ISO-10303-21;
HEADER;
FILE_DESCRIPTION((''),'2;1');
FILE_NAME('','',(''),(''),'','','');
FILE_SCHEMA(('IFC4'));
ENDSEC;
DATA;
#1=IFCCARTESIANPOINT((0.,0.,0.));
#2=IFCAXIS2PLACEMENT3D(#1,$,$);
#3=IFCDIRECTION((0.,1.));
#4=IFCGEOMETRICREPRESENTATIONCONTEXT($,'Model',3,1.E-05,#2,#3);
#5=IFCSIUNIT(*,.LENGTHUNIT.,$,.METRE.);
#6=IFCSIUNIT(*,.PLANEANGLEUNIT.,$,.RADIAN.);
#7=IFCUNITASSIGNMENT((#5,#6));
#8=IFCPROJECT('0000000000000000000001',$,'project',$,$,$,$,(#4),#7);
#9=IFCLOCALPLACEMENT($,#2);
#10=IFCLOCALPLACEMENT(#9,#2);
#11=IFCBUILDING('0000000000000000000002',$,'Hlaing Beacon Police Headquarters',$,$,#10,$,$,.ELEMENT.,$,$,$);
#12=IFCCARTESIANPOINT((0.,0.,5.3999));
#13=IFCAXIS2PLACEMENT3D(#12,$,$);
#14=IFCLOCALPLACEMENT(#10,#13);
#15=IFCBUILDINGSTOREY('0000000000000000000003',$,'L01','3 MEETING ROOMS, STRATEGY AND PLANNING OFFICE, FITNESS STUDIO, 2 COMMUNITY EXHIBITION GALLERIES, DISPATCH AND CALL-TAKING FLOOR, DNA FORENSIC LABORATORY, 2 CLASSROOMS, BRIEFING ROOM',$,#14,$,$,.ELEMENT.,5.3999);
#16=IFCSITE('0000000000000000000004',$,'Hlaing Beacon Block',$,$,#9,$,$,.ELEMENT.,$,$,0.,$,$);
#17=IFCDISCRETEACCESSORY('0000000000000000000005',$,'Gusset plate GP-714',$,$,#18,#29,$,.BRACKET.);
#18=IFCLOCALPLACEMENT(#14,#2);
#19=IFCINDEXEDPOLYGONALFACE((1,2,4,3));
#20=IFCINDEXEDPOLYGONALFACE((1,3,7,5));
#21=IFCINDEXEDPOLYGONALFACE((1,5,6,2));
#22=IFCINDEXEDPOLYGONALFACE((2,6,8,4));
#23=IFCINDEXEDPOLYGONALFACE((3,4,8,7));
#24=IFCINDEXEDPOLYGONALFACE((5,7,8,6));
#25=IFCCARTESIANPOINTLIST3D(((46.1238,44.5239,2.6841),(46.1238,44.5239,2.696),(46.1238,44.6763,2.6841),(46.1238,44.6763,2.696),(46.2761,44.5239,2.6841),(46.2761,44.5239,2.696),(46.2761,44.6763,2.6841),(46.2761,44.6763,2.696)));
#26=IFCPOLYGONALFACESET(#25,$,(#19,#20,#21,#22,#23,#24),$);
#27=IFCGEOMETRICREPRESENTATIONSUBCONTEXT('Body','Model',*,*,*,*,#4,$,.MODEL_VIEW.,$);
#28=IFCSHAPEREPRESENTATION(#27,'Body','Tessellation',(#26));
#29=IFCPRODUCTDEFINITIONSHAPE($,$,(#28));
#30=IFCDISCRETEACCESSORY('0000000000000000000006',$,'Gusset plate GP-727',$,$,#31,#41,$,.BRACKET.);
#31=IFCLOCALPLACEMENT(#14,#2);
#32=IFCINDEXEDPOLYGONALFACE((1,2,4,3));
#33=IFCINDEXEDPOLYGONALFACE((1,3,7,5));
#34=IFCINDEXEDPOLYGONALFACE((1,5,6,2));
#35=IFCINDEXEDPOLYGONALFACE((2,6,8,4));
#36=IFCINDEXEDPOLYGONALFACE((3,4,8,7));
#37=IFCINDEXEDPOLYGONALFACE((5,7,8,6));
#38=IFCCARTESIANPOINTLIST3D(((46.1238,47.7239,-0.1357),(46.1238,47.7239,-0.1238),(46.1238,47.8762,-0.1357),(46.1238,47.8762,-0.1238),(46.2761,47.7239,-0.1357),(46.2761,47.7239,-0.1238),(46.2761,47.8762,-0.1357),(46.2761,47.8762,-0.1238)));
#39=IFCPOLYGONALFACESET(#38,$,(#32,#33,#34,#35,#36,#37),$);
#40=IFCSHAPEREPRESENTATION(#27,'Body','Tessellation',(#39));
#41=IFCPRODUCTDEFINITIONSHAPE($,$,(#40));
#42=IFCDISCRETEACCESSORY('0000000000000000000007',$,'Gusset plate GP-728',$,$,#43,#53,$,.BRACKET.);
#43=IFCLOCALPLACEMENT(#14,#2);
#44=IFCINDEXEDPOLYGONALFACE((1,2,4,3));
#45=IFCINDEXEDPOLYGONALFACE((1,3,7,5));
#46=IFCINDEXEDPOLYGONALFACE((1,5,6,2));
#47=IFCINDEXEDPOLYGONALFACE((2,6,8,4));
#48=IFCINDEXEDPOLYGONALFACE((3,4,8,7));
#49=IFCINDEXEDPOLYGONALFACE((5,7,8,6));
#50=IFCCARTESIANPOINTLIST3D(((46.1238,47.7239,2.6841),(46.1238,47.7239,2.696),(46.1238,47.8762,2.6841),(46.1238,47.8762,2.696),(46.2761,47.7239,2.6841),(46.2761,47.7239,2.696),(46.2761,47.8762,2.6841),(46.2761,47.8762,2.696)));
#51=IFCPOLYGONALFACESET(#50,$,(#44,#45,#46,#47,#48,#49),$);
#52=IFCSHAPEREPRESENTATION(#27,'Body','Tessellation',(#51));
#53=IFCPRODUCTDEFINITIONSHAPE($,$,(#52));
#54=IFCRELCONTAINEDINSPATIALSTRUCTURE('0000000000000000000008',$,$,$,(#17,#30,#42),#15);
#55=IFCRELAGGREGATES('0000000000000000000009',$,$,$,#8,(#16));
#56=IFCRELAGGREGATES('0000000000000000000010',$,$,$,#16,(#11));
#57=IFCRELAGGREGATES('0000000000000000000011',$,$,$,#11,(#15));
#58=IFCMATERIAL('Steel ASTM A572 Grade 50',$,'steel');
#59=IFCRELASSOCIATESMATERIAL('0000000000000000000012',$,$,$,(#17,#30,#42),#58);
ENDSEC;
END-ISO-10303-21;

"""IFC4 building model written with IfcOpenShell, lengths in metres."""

from ifc_helpers import new_model, si_unit, direction, frame, origin, origin_2d, place, context, subcontext, project, spatial, rectangle, extrude, material, element, save


model = new_model("IFC4")

# Units and contexts
model_context = context("Model", 3, precision=1e-05, world=origin(), true_north=direction((0.0, 1.0)))
body_context = subcontext(model_context, "Body", "Model", "MODEL_VIEW")
ifc_project = project(units=[si_unit("LENGTHUNIT", "METRE"), si_unit("PLANEANGLEUNIT", "RADIAN")], contexts=[model_context])

# Site, building, storey
site_placement = place(None, origin())
site = spatial("IfcSite", under=ifc_project, at=site_placement, Name="Hlaing Beacon Block", CompositionType="ELEMENT", RefElevation=0.0)
building_placement = place(site_placement, origin())
building = spatial("IfcBuilding", under=site, at=building_placement, Name="Hlaing Beacon Police Headquarters", CompositionType="ELEMENT")
storey_placement = place(building_placement, frame((0.0, 0.0, 5.3999)))
storey = spatial("IfcBuildingStorey", under=building, at=storey_placement, Name="L01", Description="3 MEETING ROOMS, STRATEGY AND PLANNING OFFICE, FITNESS STUDIO, 2 COMMUNITY EXHIBITION GALLERIES, DISPATCH AND CALL-TAKING FLOOR, DNA FORENSIC LABORATORY, 2 CLASSROOMS, BRIEFING ROOM", CompositionType="ELEMENT", Elevation=5.3999)

# Discrete accessories
ifc_material_1 = material(Name="Steel ASTM A572 Grade 50", Category="steel")
for number, where, z_axis, x_axis, name in (
    (1, (46.2, 44.6001, 2.6841), (0.0, 0.0, 1.0), (1.0, 0.0, 0.0), "Gusset plate GP-714"),
    (2, (46.2, 47.8, -0.1238), (0.0, 0.0, -1.0), (1.0, 0.0, 0.0), "Gusset plate GP-727"),
    (3, (46.2, 47.8, 2.6841), (0.0, 0.0, 1.0), (1.0, 0.0, 0.0), "Gusset plate GP-728"),
):
    element("IfcDiscreteAccessory", number, at=place(storey_placement, frame(where, z_axis=z_axis, x_axis=x_axis)), inside=storey, material=ifc_material_1, Name=name, PredefinedType="BRACKET", context=body_context, shape_type="SweptSolid", body=[
        extrude(rectangle(XDim=0.1523, YDim=0.1523, at=origin_2d()), origin(), (0.0, 0.0, 1.0), 0.012),
    ])

save(model, "model.ifc")
